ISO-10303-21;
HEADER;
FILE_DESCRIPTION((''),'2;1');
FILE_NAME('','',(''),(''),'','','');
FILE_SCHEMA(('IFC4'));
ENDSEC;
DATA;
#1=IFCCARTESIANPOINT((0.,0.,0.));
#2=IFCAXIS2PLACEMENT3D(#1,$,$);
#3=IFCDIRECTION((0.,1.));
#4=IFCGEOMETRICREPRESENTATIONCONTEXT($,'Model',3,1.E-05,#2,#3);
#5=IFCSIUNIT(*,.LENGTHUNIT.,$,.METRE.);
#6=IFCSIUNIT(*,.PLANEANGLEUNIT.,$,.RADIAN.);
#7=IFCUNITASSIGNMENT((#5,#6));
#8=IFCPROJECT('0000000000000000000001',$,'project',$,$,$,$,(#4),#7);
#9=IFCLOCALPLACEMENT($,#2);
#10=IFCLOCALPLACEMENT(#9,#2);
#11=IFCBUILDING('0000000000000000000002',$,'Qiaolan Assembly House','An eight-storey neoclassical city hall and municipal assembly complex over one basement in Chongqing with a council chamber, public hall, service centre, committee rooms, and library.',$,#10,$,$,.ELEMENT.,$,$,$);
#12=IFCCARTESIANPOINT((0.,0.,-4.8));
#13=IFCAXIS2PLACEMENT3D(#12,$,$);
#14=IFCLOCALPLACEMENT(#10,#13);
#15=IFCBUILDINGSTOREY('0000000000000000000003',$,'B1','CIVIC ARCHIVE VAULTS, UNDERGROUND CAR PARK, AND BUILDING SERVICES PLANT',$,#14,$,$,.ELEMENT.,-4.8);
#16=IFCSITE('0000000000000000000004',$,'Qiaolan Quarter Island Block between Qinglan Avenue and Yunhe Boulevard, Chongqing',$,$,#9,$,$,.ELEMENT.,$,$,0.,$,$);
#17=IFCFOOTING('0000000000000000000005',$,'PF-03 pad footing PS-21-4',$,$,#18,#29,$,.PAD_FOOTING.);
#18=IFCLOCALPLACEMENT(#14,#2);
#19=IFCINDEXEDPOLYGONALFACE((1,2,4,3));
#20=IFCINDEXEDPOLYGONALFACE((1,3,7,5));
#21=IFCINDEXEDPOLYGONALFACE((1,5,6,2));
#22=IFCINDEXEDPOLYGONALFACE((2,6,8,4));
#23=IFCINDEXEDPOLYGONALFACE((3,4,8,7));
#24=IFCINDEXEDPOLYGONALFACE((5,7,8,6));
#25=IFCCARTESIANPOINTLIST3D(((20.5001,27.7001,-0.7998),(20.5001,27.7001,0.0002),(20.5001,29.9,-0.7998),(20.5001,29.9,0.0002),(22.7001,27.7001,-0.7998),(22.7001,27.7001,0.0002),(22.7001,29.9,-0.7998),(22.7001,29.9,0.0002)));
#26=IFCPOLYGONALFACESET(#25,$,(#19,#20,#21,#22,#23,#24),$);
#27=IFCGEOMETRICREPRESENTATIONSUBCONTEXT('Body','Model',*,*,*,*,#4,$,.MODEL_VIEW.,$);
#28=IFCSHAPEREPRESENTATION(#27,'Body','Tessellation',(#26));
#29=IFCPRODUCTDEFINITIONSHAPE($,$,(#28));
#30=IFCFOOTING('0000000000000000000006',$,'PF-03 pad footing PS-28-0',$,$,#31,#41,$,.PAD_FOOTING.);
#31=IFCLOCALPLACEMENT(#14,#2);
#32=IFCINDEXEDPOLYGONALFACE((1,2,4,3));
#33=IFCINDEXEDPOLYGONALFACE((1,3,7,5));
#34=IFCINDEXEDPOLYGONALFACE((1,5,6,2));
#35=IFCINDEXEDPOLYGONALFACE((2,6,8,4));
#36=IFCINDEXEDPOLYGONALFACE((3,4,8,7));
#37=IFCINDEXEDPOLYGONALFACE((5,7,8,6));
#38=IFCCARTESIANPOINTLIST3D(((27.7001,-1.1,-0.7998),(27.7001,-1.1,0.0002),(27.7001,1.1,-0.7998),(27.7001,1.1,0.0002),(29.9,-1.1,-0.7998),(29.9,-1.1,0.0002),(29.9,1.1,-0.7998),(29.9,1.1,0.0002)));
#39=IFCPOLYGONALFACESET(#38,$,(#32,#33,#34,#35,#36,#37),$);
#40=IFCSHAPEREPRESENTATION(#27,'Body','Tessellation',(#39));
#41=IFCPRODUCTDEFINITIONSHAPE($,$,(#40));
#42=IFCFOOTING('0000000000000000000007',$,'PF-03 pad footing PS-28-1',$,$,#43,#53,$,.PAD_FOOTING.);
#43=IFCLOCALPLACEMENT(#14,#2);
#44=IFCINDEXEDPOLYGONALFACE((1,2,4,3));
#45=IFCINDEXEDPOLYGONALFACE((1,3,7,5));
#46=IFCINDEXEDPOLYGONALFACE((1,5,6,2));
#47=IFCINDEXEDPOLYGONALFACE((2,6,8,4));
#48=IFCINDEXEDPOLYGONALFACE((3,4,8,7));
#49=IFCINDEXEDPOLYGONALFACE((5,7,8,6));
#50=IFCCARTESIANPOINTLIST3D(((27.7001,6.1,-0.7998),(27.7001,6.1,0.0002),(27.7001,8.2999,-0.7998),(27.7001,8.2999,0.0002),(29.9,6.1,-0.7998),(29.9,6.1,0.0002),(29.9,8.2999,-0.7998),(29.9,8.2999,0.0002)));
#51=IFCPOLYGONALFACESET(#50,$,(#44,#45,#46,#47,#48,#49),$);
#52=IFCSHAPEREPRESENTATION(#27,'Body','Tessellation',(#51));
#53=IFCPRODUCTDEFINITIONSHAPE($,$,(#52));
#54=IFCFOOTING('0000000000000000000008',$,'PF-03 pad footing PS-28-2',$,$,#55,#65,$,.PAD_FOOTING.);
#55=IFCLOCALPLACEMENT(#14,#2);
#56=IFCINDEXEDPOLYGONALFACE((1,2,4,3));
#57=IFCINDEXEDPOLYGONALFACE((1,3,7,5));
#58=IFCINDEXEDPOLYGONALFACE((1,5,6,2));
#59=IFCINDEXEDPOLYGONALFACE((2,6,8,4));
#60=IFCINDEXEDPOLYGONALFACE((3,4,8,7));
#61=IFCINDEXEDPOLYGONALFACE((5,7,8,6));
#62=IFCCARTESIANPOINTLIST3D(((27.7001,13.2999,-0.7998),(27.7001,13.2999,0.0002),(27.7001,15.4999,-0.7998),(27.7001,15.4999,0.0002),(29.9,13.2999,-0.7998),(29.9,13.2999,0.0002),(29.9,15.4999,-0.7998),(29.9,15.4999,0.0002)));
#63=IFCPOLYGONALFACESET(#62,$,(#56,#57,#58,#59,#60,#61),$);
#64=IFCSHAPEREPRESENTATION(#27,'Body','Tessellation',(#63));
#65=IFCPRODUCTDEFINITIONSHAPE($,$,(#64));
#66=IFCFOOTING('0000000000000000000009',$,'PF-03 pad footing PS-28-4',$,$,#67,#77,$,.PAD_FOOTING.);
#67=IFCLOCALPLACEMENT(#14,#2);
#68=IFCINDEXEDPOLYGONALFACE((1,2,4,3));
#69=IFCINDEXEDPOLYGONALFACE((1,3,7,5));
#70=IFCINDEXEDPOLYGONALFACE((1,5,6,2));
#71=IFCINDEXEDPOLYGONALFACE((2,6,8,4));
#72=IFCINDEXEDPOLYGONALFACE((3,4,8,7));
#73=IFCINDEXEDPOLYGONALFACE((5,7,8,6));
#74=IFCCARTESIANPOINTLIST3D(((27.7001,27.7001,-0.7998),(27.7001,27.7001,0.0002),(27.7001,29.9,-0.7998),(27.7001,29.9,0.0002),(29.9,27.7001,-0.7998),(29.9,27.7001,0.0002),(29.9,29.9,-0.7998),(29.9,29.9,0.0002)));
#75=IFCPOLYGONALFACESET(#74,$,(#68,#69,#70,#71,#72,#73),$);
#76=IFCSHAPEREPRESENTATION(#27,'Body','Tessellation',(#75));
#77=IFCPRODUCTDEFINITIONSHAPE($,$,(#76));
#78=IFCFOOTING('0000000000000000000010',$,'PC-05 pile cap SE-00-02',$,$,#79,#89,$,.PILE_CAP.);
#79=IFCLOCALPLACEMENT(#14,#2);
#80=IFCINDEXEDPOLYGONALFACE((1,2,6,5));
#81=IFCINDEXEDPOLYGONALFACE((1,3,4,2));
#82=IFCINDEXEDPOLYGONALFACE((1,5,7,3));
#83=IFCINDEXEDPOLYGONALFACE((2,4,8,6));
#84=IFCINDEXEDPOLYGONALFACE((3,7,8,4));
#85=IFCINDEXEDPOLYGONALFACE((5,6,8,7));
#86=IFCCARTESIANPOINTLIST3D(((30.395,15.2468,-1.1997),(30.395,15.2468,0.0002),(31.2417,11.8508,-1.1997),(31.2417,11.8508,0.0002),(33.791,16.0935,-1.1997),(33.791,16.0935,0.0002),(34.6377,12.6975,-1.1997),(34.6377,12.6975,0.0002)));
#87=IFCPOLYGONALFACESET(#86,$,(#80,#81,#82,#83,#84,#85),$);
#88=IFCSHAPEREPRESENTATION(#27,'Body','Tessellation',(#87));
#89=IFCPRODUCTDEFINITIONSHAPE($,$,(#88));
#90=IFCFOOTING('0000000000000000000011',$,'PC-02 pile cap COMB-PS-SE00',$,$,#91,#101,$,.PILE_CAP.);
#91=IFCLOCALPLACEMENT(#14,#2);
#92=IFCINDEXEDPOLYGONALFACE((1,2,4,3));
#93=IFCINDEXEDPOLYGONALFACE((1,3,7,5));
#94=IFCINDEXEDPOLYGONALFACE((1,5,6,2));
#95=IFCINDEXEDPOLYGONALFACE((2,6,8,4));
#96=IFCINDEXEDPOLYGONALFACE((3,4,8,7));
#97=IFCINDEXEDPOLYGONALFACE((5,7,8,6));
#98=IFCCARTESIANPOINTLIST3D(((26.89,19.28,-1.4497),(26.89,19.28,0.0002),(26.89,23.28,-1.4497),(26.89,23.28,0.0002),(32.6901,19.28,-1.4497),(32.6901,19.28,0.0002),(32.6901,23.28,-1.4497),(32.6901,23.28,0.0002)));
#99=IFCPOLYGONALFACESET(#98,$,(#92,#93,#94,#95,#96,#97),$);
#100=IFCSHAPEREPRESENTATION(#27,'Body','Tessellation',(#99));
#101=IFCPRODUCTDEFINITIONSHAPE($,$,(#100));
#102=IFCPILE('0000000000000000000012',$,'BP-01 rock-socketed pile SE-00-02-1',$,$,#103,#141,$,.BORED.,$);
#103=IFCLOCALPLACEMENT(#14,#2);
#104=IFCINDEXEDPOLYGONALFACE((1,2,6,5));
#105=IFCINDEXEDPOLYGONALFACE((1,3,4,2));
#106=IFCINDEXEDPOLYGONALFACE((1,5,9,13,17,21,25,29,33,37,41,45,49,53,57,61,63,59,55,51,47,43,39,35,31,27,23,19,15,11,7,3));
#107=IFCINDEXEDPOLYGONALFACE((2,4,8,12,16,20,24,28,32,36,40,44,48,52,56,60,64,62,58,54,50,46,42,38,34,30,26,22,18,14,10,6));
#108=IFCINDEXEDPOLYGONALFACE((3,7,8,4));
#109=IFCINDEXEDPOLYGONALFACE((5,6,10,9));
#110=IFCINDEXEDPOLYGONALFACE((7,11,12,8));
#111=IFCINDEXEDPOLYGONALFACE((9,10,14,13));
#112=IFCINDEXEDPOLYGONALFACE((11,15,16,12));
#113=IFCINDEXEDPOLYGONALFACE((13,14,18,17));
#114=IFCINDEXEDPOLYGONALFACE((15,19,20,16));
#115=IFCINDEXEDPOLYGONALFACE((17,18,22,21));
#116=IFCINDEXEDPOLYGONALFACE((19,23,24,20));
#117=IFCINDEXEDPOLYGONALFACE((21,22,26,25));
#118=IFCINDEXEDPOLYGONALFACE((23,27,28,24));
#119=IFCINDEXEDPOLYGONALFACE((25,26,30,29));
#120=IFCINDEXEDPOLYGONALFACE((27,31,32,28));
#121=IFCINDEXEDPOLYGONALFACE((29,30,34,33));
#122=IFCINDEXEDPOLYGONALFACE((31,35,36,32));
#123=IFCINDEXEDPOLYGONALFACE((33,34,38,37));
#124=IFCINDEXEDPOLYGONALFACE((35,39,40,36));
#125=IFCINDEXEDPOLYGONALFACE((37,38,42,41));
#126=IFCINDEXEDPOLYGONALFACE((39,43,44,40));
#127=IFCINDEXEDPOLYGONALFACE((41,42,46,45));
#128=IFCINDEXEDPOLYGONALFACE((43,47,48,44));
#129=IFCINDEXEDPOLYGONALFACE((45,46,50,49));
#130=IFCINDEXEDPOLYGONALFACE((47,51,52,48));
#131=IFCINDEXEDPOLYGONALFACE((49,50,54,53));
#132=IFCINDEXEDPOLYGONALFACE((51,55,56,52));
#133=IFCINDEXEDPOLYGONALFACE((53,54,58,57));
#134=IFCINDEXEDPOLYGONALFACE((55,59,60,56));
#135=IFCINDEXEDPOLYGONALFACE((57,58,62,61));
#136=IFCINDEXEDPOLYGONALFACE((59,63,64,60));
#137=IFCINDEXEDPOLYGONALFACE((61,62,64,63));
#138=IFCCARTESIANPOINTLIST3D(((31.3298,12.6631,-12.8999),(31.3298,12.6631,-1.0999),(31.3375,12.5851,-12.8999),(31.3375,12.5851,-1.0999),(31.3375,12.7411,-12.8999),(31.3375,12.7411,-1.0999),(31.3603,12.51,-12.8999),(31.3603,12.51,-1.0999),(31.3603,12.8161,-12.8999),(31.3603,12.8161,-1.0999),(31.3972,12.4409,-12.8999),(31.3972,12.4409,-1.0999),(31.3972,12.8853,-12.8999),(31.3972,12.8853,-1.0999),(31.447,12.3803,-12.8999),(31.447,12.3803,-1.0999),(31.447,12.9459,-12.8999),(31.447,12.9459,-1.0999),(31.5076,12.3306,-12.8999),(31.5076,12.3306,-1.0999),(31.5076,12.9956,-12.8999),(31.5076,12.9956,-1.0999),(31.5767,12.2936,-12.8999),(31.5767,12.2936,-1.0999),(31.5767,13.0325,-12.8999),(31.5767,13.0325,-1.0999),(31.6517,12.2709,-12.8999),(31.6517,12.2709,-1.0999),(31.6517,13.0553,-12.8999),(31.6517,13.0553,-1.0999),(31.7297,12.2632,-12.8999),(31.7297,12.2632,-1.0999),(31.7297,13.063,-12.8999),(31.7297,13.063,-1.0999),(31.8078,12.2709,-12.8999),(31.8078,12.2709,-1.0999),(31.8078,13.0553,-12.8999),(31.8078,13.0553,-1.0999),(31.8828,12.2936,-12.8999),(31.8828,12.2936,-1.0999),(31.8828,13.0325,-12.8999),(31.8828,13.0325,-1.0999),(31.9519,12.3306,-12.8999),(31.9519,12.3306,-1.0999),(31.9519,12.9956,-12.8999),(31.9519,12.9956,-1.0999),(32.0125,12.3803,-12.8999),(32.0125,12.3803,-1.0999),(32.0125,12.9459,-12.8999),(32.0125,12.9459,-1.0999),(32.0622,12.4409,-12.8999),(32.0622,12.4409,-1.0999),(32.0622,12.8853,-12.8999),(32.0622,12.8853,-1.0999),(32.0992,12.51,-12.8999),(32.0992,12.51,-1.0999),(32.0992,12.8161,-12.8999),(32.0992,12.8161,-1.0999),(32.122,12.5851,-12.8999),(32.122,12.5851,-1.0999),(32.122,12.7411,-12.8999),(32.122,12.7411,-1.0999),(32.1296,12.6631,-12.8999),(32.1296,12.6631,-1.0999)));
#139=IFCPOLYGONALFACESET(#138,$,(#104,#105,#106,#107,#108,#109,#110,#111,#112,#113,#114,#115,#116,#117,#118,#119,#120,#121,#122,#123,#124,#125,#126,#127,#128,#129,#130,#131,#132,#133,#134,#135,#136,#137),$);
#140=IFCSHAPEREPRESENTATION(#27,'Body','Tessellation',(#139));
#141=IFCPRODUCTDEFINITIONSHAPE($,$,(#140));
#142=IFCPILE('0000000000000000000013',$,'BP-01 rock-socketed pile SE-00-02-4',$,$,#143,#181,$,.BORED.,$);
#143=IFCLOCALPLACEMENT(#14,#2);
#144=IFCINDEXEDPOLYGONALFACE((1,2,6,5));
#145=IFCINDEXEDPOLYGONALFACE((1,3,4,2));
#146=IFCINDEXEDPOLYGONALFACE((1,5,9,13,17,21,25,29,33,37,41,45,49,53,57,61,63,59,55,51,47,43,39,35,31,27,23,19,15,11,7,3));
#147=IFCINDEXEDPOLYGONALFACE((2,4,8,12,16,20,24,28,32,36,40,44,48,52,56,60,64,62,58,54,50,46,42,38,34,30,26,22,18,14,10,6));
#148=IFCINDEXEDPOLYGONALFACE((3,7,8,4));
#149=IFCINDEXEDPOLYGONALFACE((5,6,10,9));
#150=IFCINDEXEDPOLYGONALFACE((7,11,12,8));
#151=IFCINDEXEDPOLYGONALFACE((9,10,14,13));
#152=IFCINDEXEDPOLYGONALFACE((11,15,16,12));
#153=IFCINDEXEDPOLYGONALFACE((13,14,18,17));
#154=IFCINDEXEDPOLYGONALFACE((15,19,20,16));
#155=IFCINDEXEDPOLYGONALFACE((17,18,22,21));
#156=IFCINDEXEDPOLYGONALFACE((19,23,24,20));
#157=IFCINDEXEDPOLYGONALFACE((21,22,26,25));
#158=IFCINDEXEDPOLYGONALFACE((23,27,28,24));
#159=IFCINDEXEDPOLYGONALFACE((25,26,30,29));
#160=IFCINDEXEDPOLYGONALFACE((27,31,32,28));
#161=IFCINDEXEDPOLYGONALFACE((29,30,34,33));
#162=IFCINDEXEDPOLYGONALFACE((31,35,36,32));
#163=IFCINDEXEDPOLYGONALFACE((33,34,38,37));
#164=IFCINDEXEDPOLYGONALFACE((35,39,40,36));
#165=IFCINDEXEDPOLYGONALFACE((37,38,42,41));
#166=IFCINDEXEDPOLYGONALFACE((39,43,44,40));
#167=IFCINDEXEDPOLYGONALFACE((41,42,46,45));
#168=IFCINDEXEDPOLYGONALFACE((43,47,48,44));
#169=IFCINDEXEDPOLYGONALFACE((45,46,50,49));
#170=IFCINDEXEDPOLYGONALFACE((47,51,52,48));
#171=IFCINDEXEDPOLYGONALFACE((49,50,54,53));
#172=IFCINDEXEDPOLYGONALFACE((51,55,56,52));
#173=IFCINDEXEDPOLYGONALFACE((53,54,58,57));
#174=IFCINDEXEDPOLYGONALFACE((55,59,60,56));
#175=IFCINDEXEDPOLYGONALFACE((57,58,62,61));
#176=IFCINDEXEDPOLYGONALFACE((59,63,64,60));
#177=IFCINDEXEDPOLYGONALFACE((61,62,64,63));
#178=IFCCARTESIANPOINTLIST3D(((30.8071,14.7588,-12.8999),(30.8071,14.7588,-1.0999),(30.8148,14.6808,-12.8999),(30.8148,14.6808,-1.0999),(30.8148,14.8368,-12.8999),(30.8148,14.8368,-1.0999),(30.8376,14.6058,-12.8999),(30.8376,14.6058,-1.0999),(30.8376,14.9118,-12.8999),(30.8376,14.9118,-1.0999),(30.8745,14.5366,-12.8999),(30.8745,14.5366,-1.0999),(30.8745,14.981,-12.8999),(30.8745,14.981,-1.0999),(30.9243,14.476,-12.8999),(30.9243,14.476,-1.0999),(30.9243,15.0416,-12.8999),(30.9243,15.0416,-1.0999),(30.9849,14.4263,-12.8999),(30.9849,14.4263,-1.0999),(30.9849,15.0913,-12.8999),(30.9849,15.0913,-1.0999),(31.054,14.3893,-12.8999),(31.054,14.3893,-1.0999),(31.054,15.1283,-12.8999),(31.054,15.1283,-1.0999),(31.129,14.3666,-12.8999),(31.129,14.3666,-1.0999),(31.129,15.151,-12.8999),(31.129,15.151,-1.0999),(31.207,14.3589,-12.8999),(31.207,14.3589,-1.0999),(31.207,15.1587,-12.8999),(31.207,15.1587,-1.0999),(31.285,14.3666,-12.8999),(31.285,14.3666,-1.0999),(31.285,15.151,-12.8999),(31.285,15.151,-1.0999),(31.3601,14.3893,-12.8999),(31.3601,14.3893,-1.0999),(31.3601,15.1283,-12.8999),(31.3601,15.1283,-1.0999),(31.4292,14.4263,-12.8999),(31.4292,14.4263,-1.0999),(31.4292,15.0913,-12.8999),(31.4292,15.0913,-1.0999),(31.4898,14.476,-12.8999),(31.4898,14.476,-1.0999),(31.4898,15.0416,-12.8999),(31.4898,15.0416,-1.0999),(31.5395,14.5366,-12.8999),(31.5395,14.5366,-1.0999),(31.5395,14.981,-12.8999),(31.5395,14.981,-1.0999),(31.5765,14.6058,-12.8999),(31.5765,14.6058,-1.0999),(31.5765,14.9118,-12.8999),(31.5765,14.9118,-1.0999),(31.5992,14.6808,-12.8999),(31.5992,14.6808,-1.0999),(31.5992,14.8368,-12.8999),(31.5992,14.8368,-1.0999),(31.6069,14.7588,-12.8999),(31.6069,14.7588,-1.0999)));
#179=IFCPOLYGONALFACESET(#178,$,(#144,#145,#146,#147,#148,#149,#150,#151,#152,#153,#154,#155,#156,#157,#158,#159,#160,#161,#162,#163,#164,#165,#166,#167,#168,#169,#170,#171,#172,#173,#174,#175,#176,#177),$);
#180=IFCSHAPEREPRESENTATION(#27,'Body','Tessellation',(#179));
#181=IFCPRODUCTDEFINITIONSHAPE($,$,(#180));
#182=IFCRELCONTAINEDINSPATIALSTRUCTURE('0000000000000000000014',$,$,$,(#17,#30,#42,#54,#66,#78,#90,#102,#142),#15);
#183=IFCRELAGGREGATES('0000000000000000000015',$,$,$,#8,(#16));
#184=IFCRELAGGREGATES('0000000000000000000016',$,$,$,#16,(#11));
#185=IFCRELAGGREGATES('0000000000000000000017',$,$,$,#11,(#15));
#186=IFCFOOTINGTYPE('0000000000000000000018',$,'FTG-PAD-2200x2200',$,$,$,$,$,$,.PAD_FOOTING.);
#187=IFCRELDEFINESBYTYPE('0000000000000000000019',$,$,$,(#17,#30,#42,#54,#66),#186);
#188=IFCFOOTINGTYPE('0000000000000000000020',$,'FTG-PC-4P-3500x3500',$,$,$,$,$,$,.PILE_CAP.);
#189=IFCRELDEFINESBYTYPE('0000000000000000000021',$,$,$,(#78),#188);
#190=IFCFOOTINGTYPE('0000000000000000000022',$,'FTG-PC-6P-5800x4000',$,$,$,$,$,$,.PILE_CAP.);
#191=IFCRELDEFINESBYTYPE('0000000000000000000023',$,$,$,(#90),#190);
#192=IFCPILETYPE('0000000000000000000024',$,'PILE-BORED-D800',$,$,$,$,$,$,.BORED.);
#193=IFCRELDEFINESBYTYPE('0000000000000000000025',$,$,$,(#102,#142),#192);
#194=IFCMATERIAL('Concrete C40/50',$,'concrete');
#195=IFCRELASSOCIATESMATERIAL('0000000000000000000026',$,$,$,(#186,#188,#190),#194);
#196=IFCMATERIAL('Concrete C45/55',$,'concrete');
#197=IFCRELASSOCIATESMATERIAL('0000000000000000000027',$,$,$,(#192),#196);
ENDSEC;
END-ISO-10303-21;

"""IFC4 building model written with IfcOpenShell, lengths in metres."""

from ifc_helpers import new_model, si_unit, direction, frame, origin, origin_2d, place, context, subcontext, project, spatial, rectangle, circle, extrude, material, material_profile, profile_set, type_object, element, save


model = new_model("IFC4")

# Units and contexts
model_context = context("Model", 3, precision=1e-05, world=origin(), true_north=direction((0.0, 1.0)))
body_context = subcontext(model_context, "Body", "Model", "MODEL_VIEW")
ifc_project = project(units=[si_unit("LENGTHUNIT", "METRE"), si_unit("PLANEANGLEUNIT", "RADIAN")], contexts=[model_context])

# Site, building, storey
site_placement = place(None, origin())
site = spatial("IfcSite", under=ifc_project, at=site_placement, Name="Qiaolan Quarter Island Block between Qinglan Avenue and Yunhe Boulevard, Chongqing", CompositionType="ELEMENT", RefElevation=0.0)
building_placement = place(site_placement, origin())
building = spatial("IfcBuilding", under=site, at=building_placement, Name="Qiaolan Assembly House", Description="An eight-storey neoclassical city hall and municipal assembly complex over one basement in Chongqing with a council chamber, public hall, service centre, committee rooms, and library.", CompositionType="ELEMENT")
storey_placement = place(building_placement, frame((0.0, 0.0, -4.8)))
storey = spatial("IfcBuildingStorey", under=building, at=storey_placement, Name="B1", Description="CIVIC ARCHIVE VAULTS, UNDERGROUND CAR PARK, AND BUILDING SERVICES PLANT", CompositionType="ELEMENT", Elevation=-4.8)

# Footings
ifc_material_1 = material(Name="Concrete C40/50", Category="concrete")
footing_type_1 = type_object("IfcFootingType", Name="FTG-PAD-2200x2200", PredefinedType="PAD_FOOTING", material=ifc_material_1)
for number, where, z_axis, x_axis, name in (
    (1, (21.6001, 28.8, -0.7998), (0.0, 0.0, 1.0), (1.0, 0.0, 0.0), "PF-03 pad footing PS-21-4"),
    (2, (28.8, 0.0, -0.7998), (0.0, 0.0, 1.0), (1.0, 0.0, 0.0), "PF-03 pad footing PS-28-0"),
    (3, (28.8, 7.2, -0.7998), (0.0, 0.0, 1.0), (1.0, 0.0, 0.0), "PF-03 pad footing PS-28-1"),
    (4, (28.8, 14.3999, -0.7998), (0.0, 0.0, 1.0), (1.0, 0.0, 0.0), "PF-03 pad footing PS-28-2"),
    (5, (28.8, 28.8, -0.7998), (0.0, 0.0, 1.0), (1.0, 0.0, 0.0), "PF-03 pad footing PS-28-4"),
):
    element("IfcFooting", number, at=place(storey_placement, frame(where, z_axis=z_axis, x_axis=x_axis)), inside=storey, type_object=footing_type_1, Name=name, PredefinedType="PAD_FOOTING", context=body_context, shape_type="SweptSolid", body=[
        extrude(rectangle(XDim=2.2, YDim=2.2, at=origin_2d()), origin(), (0.0, 0.0, 1.0), 0.8),
    ])
footing_type_2 = type_object("IfcFootingType", Name="FTG-PC-4P-3500x3500", PredefinedType="PILE_CAP", material=ifc_material_1)
footing_1_placement = place(storey_placement, frame((32.5164, 13.9722, -1.1997), z_axis=(0.0, 0.0, 1.0), x_axis=(0.970296, 0.241922, 0.0)))
element("IfcFooting", 6, at=footing_1_placement, inside=storey, type_object=footing_type_2, Name="PC-05 pile cap SE-00-02", PredefinedType="PILE_CAP", context=body_context, shape_type="SweptSolid", body=[
    extrude(rectangle(XDim=3.5, YDim=3.5, at=origin_2d()), origin(), (0.0, 0.0, 1.0), 1.2),
])
footing_type_3 = type_object("IfcFootingType", Name="FTG-PC-6P-5800x4000", PredefinedType="PILE_CAP", material=ifc_material_1)
footing_2_placement = place(storey_placement, frame((29.79, 21.28, -1.4497), z_axis=(0.0, 0.0, 1.0), x_axis=(1.0, 0.0, 0.0)))
element("IfcFooting", 7, at=footing_2_placement, inside=storey, type_object=footing_type_3, Name="PC-02 pile cap COMB-PS-SE00", PredefinedType="PILE_CAP", context=body_context, shape_type="SweptSolid", body=[
    extrude(rectangle(XDim=5.8, YDim=4.0, at=origin_2d()), origin(), (0.0, 0.0, 1.0), 1.45),
])

# Piles
ifc_material_2 = material(Name="Concrete C45/55", Category="concrete")
ifc_material_profile_1 = material_profile(ifc_material_2, circle(Radius=0.3999, at=origin_2d()), Name="PILE D800")
ifc_profile_set_1 = profile_set([ifc_material_profile_1], Name="Concrete C45/55")
pile_type_1 = type_object("IfcPileType", Name="PILE-BORED-D800", PredefinedType="BORED", material=ifc_profile_set_1)
for number, where, z_axis, x_axis, name in (
    (8, (31.7297, 12.6631, -1.0999), (0.0, 0.0, -1.0), (1.0, 0.0, 0.0), "BP-01 rock-socketed pile SE-00-02-1"),
    (9, (31.207, 14.7588, -1.0999), (0.0, 0.0, -1.0), (1.0, 0.0, 0.0), "BP-01 rock-socketed pile SE-00-02-4"),
):
    element("IfcPile", number, at=place(storey_placement, frame(where, z_axis=z_axis, x_axis=x_axis)), inside=storey, type_object=pile_type_1, Name=name, PredefinedType="BORED", context=body_context, shape_type="SweptSolid", body=[
        extrude(circle(Radius=0.3999, at=origin_2d()), origin(), (0.0, 0.0, 1.0), 11.8),
    ])

save(model, "model.ifc")
